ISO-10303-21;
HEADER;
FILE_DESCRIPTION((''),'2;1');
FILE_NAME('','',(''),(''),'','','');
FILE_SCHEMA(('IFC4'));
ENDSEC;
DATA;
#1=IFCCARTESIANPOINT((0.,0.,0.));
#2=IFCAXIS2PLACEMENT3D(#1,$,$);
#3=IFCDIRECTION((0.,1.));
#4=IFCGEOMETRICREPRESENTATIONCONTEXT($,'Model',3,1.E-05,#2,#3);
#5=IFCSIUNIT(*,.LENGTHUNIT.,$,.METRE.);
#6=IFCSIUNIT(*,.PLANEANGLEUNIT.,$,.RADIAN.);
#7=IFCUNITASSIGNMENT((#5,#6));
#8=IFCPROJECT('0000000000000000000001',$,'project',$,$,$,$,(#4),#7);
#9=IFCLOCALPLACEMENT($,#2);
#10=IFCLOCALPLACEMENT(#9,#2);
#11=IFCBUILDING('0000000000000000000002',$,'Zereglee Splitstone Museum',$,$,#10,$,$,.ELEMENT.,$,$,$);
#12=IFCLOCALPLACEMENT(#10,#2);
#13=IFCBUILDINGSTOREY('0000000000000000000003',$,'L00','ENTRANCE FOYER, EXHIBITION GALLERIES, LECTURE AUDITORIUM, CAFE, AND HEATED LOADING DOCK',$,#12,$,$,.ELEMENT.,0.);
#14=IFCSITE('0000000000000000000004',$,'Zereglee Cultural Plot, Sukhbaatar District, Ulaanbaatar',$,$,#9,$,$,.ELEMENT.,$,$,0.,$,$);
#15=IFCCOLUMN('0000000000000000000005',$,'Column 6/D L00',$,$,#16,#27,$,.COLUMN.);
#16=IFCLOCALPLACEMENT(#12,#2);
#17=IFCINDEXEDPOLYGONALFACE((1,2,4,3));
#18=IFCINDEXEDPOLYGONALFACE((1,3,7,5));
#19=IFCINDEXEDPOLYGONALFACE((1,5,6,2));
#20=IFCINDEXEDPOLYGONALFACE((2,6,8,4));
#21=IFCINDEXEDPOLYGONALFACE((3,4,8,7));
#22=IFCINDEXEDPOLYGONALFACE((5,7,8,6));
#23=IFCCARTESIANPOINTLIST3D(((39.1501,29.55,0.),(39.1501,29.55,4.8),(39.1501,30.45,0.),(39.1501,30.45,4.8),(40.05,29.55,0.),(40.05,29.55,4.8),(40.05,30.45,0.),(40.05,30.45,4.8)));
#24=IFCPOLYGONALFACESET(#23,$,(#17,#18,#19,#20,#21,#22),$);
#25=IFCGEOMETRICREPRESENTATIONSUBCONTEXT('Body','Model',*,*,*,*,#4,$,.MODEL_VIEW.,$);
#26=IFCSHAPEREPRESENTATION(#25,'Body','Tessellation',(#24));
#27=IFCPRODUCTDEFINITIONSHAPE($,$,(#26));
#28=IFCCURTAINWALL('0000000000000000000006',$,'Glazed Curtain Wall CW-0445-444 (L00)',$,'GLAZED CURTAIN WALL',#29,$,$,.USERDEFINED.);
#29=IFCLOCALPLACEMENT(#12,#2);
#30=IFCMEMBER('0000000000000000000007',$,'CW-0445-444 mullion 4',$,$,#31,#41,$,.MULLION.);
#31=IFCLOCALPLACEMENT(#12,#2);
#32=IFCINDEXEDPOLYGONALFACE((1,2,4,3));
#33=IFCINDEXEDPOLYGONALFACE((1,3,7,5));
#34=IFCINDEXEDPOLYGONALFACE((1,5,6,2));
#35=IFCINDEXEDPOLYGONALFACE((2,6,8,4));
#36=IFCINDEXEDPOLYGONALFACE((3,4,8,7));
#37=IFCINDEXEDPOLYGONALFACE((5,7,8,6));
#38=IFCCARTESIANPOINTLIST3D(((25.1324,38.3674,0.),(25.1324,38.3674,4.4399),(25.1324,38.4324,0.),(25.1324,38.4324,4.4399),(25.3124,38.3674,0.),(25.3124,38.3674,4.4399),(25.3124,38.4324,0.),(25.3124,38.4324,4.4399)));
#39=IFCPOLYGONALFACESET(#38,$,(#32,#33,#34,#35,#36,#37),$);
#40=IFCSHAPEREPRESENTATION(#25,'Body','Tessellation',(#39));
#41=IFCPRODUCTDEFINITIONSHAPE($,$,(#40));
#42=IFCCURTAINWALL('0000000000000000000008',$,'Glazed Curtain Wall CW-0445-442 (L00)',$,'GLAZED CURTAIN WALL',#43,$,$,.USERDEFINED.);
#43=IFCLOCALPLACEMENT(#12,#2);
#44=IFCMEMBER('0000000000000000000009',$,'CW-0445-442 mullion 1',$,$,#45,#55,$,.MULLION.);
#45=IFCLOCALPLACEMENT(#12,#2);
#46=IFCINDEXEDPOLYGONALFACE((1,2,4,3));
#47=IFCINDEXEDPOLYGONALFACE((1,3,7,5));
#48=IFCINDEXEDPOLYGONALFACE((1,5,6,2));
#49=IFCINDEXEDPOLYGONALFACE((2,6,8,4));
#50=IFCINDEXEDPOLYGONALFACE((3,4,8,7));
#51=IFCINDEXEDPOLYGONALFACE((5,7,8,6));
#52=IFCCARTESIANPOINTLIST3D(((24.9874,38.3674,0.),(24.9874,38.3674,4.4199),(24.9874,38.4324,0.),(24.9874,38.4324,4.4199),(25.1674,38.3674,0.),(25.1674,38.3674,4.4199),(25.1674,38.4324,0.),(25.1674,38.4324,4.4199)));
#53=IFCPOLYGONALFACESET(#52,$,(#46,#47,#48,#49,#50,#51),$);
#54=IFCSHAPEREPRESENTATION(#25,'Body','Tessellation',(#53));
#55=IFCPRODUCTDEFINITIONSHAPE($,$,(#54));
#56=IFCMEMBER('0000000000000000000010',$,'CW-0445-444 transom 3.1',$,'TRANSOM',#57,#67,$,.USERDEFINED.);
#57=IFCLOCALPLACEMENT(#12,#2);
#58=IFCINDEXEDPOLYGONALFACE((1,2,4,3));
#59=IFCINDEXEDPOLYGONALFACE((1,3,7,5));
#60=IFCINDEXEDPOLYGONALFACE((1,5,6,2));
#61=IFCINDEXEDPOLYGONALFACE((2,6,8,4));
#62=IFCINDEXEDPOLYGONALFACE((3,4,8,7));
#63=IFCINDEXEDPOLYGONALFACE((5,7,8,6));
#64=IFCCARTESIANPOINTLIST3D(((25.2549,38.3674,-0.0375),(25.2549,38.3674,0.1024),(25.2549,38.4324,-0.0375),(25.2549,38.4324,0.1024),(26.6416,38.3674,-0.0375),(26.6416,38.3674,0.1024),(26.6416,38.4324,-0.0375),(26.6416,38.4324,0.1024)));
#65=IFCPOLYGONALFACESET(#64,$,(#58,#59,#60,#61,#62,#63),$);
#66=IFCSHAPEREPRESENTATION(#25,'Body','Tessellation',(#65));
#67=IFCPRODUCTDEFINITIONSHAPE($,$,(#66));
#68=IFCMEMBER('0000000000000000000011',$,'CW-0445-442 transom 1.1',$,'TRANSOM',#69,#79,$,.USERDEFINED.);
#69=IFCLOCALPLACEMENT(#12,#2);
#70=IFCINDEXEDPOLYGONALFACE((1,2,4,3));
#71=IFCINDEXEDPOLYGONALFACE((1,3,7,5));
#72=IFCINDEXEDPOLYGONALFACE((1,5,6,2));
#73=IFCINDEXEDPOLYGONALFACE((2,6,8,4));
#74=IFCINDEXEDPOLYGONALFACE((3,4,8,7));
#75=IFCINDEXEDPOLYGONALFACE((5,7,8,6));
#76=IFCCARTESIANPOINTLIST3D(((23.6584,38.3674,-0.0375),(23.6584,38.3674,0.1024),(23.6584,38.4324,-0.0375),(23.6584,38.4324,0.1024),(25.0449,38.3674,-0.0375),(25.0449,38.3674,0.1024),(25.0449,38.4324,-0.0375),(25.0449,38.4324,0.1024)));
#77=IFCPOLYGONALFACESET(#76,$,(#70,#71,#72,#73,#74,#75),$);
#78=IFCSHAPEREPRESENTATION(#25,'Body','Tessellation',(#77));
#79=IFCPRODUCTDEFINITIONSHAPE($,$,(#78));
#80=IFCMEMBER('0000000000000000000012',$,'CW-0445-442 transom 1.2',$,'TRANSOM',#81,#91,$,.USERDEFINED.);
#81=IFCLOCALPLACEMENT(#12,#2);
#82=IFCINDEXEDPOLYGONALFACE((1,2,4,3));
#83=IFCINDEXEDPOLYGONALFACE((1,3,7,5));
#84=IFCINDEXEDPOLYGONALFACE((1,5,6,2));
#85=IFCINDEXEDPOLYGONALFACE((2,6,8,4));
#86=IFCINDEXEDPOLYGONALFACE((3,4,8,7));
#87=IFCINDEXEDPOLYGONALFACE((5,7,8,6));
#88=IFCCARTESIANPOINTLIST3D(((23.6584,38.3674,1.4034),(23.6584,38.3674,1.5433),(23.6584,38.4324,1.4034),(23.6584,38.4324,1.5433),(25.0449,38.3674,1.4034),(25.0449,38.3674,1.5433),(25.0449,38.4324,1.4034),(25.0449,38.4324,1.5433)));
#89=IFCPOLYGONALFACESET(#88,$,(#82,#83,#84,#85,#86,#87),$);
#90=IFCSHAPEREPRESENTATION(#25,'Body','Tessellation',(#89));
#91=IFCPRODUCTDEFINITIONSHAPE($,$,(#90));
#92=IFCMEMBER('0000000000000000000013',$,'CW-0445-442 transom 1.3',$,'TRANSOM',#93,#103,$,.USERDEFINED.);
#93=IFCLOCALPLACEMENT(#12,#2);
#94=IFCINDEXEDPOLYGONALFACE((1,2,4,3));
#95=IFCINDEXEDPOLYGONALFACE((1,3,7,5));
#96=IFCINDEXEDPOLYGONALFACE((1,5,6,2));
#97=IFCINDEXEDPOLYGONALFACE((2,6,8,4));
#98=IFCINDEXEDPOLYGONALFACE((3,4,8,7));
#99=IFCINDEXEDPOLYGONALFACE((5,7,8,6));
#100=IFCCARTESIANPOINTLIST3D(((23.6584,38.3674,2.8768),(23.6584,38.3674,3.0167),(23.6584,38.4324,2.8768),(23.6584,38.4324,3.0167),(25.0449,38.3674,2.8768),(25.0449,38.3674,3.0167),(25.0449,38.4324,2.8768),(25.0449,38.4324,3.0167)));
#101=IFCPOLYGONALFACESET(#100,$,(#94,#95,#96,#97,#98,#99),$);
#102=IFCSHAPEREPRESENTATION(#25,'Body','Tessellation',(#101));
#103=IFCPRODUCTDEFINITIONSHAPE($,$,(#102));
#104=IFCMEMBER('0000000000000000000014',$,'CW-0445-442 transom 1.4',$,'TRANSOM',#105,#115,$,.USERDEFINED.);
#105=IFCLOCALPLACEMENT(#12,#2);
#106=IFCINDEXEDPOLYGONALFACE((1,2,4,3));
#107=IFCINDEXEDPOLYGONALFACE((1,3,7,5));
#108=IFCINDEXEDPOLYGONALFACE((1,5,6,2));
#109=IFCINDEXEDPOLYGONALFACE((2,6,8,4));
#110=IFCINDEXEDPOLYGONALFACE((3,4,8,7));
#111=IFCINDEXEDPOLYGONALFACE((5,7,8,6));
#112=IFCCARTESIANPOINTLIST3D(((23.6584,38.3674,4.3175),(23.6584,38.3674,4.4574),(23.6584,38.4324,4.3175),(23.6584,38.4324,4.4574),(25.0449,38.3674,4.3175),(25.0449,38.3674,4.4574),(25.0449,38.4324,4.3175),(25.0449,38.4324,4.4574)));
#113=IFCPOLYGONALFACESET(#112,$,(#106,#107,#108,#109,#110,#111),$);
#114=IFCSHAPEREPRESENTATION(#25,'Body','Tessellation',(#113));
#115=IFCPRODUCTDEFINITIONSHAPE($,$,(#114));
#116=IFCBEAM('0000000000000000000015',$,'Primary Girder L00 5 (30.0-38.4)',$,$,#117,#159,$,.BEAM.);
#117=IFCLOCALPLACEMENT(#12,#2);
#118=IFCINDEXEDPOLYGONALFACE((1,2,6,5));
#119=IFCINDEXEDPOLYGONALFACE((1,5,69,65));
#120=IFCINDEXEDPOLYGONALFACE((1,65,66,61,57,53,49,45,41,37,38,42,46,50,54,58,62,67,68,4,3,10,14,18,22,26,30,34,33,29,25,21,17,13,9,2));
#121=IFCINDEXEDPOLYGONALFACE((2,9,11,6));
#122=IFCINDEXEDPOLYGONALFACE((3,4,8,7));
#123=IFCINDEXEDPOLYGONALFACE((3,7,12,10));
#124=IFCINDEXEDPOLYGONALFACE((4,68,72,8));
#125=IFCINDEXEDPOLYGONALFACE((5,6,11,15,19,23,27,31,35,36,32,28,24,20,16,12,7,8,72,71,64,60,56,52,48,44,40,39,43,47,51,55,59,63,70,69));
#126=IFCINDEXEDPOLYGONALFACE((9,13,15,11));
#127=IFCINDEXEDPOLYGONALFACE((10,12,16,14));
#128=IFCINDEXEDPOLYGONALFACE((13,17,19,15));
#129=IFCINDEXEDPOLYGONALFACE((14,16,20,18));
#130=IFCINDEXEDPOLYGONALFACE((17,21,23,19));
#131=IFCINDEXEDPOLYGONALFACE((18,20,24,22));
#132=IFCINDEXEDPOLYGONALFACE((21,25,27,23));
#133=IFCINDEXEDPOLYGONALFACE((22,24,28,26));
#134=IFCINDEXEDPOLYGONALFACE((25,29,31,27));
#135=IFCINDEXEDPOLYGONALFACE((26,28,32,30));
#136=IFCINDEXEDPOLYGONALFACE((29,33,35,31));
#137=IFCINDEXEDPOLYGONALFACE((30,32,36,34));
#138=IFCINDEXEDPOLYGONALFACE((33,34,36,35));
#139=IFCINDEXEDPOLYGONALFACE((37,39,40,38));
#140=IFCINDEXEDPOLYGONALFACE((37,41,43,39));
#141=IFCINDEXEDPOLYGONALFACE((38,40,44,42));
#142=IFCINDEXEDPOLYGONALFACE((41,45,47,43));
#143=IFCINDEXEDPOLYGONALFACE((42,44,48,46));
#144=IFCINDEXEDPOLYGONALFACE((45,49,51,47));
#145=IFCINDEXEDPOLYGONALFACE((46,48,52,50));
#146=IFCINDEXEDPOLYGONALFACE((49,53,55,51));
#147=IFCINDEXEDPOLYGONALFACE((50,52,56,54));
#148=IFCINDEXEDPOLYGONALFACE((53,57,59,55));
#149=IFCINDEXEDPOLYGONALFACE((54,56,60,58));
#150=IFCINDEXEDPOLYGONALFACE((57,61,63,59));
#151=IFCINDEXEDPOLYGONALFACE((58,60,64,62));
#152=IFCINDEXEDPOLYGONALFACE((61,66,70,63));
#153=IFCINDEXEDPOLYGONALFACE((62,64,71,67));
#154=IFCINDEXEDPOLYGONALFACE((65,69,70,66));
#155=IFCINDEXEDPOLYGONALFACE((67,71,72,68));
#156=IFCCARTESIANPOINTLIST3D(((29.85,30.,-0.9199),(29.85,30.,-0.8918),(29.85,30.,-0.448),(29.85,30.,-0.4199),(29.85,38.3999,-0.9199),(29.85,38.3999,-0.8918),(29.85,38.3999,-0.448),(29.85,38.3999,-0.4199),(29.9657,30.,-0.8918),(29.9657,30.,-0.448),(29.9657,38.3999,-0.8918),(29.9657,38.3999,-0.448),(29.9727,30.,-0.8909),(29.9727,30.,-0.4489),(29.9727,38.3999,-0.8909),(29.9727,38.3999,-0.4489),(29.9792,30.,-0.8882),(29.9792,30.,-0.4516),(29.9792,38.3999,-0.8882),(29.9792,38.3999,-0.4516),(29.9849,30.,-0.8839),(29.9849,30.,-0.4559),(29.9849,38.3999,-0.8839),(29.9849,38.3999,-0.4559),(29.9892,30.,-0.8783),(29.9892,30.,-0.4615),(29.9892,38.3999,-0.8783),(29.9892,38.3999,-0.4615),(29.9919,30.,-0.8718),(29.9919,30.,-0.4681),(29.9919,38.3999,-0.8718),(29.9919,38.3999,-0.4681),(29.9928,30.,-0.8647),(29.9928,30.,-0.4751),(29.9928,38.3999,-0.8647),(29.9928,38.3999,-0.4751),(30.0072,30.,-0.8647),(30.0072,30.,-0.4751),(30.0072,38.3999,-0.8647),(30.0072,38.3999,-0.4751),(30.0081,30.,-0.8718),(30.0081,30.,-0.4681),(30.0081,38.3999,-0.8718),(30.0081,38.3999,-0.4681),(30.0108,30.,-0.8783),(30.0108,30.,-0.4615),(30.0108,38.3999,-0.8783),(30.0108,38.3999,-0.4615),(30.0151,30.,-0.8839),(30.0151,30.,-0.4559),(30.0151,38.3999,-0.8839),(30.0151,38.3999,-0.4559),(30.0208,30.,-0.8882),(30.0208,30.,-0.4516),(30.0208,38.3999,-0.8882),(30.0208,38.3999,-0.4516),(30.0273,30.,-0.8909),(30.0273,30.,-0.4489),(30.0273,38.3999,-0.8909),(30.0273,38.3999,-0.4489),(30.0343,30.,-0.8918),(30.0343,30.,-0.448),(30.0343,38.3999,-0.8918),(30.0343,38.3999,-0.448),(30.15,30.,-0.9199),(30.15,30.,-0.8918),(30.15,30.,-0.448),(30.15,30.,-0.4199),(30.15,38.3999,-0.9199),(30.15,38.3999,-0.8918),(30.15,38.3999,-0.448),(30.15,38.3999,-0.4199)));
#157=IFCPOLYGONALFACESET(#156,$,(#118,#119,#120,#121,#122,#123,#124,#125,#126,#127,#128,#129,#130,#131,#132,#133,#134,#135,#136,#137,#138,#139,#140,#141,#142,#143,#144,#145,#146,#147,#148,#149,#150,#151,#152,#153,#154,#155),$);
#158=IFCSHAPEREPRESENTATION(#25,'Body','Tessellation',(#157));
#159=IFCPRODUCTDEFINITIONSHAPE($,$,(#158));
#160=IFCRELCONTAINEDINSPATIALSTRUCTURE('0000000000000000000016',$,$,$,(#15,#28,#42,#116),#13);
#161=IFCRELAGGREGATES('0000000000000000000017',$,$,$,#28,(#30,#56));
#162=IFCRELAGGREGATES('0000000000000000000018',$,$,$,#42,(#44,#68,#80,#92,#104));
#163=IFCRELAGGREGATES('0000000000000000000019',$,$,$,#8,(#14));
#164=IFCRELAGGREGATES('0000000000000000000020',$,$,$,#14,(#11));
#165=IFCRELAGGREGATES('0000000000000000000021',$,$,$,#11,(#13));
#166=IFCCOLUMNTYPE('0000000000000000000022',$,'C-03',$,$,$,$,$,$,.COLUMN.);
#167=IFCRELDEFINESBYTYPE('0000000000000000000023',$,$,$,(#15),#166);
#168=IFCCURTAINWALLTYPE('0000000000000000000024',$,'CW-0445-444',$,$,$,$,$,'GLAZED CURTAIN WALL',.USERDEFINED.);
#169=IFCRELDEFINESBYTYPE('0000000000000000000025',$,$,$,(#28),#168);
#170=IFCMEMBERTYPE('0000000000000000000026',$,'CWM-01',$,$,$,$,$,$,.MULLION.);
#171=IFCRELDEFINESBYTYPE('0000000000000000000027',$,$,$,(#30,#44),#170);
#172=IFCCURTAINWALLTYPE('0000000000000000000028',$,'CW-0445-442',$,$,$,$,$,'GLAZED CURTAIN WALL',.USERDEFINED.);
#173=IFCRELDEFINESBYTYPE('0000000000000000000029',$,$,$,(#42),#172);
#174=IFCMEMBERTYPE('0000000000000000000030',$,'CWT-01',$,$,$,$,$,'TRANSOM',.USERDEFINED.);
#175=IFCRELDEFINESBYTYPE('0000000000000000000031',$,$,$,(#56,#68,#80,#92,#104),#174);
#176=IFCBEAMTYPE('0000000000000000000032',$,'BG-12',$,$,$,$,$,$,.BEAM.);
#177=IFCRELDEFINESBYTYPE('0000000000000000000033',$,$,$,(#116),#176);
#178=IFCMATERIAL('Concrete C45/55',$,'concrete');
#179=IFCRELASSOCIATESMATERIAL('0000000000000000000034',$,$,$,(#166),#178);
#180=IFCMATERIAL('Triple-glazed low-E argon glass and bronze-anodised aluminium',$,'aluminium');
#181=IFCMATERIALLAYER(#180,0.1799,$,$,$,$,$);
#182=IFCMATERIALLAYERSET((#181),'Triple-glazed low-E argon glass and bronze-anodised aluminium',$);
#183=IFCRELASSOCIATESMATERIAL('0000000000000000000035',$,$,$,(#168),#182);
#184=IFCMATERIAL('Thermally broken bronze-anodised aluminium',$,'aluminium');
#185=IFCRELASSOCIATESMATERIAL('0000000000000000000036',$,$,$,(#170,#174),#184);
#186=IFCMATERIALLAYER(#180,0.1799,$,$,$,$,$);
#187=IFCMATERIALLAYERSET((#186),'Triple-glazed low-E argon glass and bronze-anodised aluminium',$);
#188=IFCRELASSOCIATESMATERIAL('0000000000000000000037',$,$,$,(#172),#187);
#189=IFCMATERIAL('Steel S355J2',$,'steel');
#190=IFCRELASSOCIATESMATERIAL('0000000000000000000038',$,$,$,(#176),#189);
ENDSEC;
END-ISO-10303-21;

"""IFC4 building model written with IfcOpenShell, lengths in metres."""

from ifc_helpers import new_model, si_unit, direction, frame, origin, origin_2d, place, context, subcontext, project, spatial, rectangle, i_section, extrude, material, layer, layer_set, material_profile, profile_set, type_object, element, aggregate, save


model = new_model("IFC4")

# Units and contexts
model_context = context("Model", 3, precision=1e-05, world=origin(), true_north=direction((0.0, 1.0)))
body_context = subcontext(model_context, "Body", "Model", "MODEL_VIEW")
ifc_project = project(units=[si_unit("LENGTHUNIT", "METRE"), si_unit("PLANEANGLEUNIT", "RADIAN")], contexts=[model_context])

# Site, building, storey
site_placement = place(None, origin())
site = spatial("IfcSite", under=ifc_project, at=site_placement, Name="Zereglee Cultural Plot, Sukhbaatar District, Ulaanbaatar", CompositionType="ELEMENT", RefElevation=0.0)
building_placement = place(site_placement, origin())
building = spatial("IfcBuilding", under=site, at=building_placement, Name="Zereglee Splitstone Museum", CompositionType="ELEMENT")
storey_placement = place(building_placement, origin())
storey = spatial("IfcBuildingStorey", under=building, at=storey_placement, Name="L00", Description="ENTRANCE FOYER, EXHIBITION GALLERIES, LECTURE AUDITORIUM, CAFE, AND HEATED LOADING DOCK", CompositionType="ELEMENT", Elevation=0.0)

# Column
ifc_material_1 = material(Name="Concrete C45/55", Category="concrete")
ifc_material_profile_1 = material_profile(ifc_material_1, rectangle(XDim=0.8999, YDim=0.8999, at=origin_2d()), Name="RC 900x900")
ifc_profile_set_1 = profile_set([ifc_material_profile_1], Name="Concrete C45/55")
column_type = type_object("IfcColumnType", Name="C-03", PredefinedType="COLUMN", material=ifc_profile_set_1)
column_placement = place(storey_placement, frame((39.6001, 30.0, 0.0), z_axis=(0.0, 0.0, 1.0), x_axis=(1.0, 0.0, 0.0)))
element("IfcColumn", 1, at=column_placement, inside=storey, type_object=column_type, Name="Column 6/D L00", PredefinedType="COLUMN", context=body_context, shape_type="SweptSolid", body=[
    extrude(rectangle(XDim=0.8999, YDim=0.8999, at=origin_2d()), origin(), (0.0, 0.0, 1.0), 4.8),
])

# Curtain walls, members
ifc_material_2 = material(Name="Triple-glazed low-E argon glass and bronze-anodised aluminium", Category="aluminium")
ifc_layer_1 = layer(ifc_material_2, 0.1799)
ifc_layer_set_1 = layer_set([ifc_layer_1], Name="Triple-glazed low-E argon glass and bronze-anodised aluminium")
curtain_wall_type_1 = type_object("IfcCurtainWallType", Name="CW-0445-444", ElementType="GLAZED CURTAIN WALL", PredefinedType="USERDEFINED", material=ifc_layer_set_1)
curtain_wall_1_placement = place(storey_placement, origin())
curtain_wall_1 = element("IfcCurtainWall", 2, at=curtain_wall_1_placement, inside=storey, type_object=curtain_wall_type_1, Name="Glazed Curtain Wall CW-0445-444 (L00)", ObjectType="GLAZED CURTAIN WALL", PredefinedType="USERDEFINED")
ifc_material_3 = material(Name="Thermally broken bronze-anodised aluminium", Category="aluminium")
ifc_material_profile_2 = material_profile(ifc_material_3, rectangle(XDim=0.0649, YDim=0.1799, at=origin_2d()), Name="CW MULL 65x180")
ifc_profile_set_2 = profile_set([ifc_material_profile_2], Name="Thermally broken bronze-anodised aluminium")
member_type_1 = type_object("IfcMemberType", Name="CWM-01", PredefinedType="MULLION", material=ifc_profile_set_2)
member_1_placement = place(storey_placement, frame((25.2224, 38.3999, 0.0), z_axis=(0.0, 0.0, 1.0), x_axis=(0.0, -1.0, 0.0)))
member_1 = element("IfcMember", 3, at=member_1_placement, type_object=member_type_1, Name="CW-0445-444 mullion 4", PredefinedType="MULLION", context=body_context, shape_type="SweptSolid", body=[
    extrude(rectangle(XDim=0.0649, YDim=0.1799, at=origin_2d()), origin(), (0.0, 0.0, 1.0), 4.4399),
])
ifc_layer_2 = layer(ifc_material_2, 0.1799)
ifc_layer_set_2 = layer_set([ifc_layer_2], Name="Triple-glazed low-E argon glass and bronze-anodised aluminium")
curtain_wall_type_2 = type_object("IfcCurtainWallType", Name="CW-0445-442", ElementType="GLAZED CURTAIN WALL", PredefinedType="USERDEFINED", material=ifc_layer_set_2)
curtain_wall_2_placement = place(storey_placement, origin())
curtain_wall_2 = element("IfcCurtainWall", 4, at=curtain_wall_2_placement, inside=storey, type_object=curtain_wall_type_2, Name="Glazed Curtain Wall CW-0445-442 (L00)", ObjectType="GLAZED CURTAIN WALL", PredefinedType="USERDEFINED")
member_2_placement = place(storey_placement, frame((25.0774, 38.3999, 0.0), z_axis=(0.0, 0.0, 1.0), x_axis=(0.0, -1.0, 0.0)))
member_2 = element("IfcMember", 5, at=member_2_placement, type_object=member_type_1, Name="CW-0445-442 mullion 1", PredefinedType="MULLION", context=body_context, shape_type="SweptSolid", body=[
    extrude(rectangle(XDim=0.0649, YDim=0.1799, at=origin_2d()), origin(), (0.0, 0.0, 1.0), 4.4199),
])

# Members
ifc_material_profile_3 = material_profile(ifc_material_3, rectangle(XDim=0.0649, YDim=0.1399, at=origin_2d()), Name="CW TRAN 65x140")
ifc_profile_set_3 = profile_set([ifc_material_profile_3], Name="Thermally broken bronze-anodised aluminium")
member_type_2 = type_object("IfcMemberType", Name="CWT-01", ElementType="TRANSOM", PredefinedType="USERDEFINED", material=ifc_profile_set_3)
member_3_placement = place(storey_placement, frame((26.6416, 38.3999, 0.0325), z_axis=(-1.0, 0.0, 0.0), x_axis=(0.0, -1.0, 0.0)))
member_3 = element("IfcMember", 6, at=member_3_placement, type_object=member_type_2, Name="CW-0445-444 transom 3.1", ObjectType="TRANSOM", PredefinedType="USERDEFINED", context=body_context, shape_type="SweptSolid", body=[
    extrude(rectangle(XDim=0.0649, YDim=0.1399, at=origin_2d()), origin(), (0.0, 0.0, 1.0), 1.3867),
])
member_4_placement = place(storey_placement, frame((25.0449, 38.3999, 0.0325), z_axis=(-1.0, 0.0, 0.0), x_axis=(0.0, -1.0, 0.0)))
member_4 = element("IfcMember", 7, at=member_4_placement, type_object=member_type_2, Name="CW-0445-442 transom 1.1", ObjectType="TRANSOM", PredefinedType="USERDEFINED", context=body_context, shape_type="SweptSolid", body=[
    extrude(rectangle(XDim=0.0649, YDim=0.1399, at=origin_2d()), origin(), (0.0, 0.0, 1.0), 1.3865),
])
member_5_placement = place(storey_placement, frame((25.0449, 38.3999, 1.4734), z_axis=(-1.0, 0.0, 0.0), x_axis=(0.0, -1.0, 0.0)))
member_5 = element("IfcMember", 8, at=member_5_placement, type_object=member_type_2, Name="CW-0445-442 transom 1.2", ObjectType="TRANSOM", PredefinedType="USERDEFINED", context=body_context, shape_type="SweptSolid", body=[
    extrude(rectangle(XDim=0.0649, YDim=0.1399, at=origin_2d()), origin(), (0.0, 0.0, 1.0), 1.3865),
])
member_6_placement = place(storey_placement, frame((25.0449, 38.3999, 2.9468), z_axis=(-1.0, 0.0, 0.0), x_axis=(0.0, -1.0, 0.0)))
member_6 = element("IfcMember", 9, at=member_6_placement, type_object=member_type_2, Name="CW-0445-442 transom 1.3", ObjectType="TRANSOM", PredefinedType="USERDEFINED", context=body_context, shape_type="SweptSolid", body=[
    extrude(rectangle(XDim=0.0649, YDim=0.1399, at=origin_2d()), origin(), (0.0, 0.0, 1.0), 1.3865),
])
member_7_placement = place(storey_placement, frame((25.0449, 38.3999, 4.3875), z_axis=(-1.0, 0.0, 0.0), x_axis=(0.0, -1.0, 0.0)))
member_7 = element("IfcMember", 10, at=member_7_placement, type_object=member_type_2, Name="CW-0445-442 transom 1.4", ObjectType="TRANSOM", PredefinedType="USERDEFINED", context=body_context, shape_type="SweptSolid", body=[
    extrude(rectangle(XDim=0.0649, YDim=0.1399, at=origin_2d()), origin(), (0.0, 0.0, 1.0), 1.3865),
])

# Beam
ifc_material_4 = material(Name="Steel S355J2", Category="steel")
ifc_material_profile_4 = material_profile(ifc_material_4, i_section(OverallWidth=0.3, OverallDepth=0.5, WebThickness=0.0144, FlangeThickness=0.0281, FilletRadius=0.0271, at=origin_2d()), Name="HE 500 B")
ifc_profile_set_4 = profile_set([ifc_material_profile_4], Name="Steel S355J2")
beam_type_1 = type_object("IfcBeamType", Name="BG-12", PredefinedType="BEAM", material=ifc_profile_set_4)
beam_1_placement = place(storey_placement, frame((30.0, 30.0, -0.6699), z_axis=(0.0, 1.0, 0.0), x_axis=(-1.0, 0.0, 0.0)))
element("IfcBeam", 11, at=beam_1_placement, inside=storey, type_object=beam_type_1, Name="Primary Girder L00 5 (30.0-38.4)", PredefinedType="BEAM", context=body_context, shape_type="SweptSolid", body=[
    extrude(i_section(OverallWidth=0.3, OverallDepth=0.5, WebThickness=0.0144, FlangeThickness=0.0281, FilletRadius=0.0271, at=origin_2d()), origin(), (0.0, 0.0, 1.0), 8.3999),
])

aggregate(curtain_wall_1, [member_1, member_3])
aggregate(curtain_wall_2, [member_2, member_4, member_5, member_6, member_7])

save(model, "model.ifc")
